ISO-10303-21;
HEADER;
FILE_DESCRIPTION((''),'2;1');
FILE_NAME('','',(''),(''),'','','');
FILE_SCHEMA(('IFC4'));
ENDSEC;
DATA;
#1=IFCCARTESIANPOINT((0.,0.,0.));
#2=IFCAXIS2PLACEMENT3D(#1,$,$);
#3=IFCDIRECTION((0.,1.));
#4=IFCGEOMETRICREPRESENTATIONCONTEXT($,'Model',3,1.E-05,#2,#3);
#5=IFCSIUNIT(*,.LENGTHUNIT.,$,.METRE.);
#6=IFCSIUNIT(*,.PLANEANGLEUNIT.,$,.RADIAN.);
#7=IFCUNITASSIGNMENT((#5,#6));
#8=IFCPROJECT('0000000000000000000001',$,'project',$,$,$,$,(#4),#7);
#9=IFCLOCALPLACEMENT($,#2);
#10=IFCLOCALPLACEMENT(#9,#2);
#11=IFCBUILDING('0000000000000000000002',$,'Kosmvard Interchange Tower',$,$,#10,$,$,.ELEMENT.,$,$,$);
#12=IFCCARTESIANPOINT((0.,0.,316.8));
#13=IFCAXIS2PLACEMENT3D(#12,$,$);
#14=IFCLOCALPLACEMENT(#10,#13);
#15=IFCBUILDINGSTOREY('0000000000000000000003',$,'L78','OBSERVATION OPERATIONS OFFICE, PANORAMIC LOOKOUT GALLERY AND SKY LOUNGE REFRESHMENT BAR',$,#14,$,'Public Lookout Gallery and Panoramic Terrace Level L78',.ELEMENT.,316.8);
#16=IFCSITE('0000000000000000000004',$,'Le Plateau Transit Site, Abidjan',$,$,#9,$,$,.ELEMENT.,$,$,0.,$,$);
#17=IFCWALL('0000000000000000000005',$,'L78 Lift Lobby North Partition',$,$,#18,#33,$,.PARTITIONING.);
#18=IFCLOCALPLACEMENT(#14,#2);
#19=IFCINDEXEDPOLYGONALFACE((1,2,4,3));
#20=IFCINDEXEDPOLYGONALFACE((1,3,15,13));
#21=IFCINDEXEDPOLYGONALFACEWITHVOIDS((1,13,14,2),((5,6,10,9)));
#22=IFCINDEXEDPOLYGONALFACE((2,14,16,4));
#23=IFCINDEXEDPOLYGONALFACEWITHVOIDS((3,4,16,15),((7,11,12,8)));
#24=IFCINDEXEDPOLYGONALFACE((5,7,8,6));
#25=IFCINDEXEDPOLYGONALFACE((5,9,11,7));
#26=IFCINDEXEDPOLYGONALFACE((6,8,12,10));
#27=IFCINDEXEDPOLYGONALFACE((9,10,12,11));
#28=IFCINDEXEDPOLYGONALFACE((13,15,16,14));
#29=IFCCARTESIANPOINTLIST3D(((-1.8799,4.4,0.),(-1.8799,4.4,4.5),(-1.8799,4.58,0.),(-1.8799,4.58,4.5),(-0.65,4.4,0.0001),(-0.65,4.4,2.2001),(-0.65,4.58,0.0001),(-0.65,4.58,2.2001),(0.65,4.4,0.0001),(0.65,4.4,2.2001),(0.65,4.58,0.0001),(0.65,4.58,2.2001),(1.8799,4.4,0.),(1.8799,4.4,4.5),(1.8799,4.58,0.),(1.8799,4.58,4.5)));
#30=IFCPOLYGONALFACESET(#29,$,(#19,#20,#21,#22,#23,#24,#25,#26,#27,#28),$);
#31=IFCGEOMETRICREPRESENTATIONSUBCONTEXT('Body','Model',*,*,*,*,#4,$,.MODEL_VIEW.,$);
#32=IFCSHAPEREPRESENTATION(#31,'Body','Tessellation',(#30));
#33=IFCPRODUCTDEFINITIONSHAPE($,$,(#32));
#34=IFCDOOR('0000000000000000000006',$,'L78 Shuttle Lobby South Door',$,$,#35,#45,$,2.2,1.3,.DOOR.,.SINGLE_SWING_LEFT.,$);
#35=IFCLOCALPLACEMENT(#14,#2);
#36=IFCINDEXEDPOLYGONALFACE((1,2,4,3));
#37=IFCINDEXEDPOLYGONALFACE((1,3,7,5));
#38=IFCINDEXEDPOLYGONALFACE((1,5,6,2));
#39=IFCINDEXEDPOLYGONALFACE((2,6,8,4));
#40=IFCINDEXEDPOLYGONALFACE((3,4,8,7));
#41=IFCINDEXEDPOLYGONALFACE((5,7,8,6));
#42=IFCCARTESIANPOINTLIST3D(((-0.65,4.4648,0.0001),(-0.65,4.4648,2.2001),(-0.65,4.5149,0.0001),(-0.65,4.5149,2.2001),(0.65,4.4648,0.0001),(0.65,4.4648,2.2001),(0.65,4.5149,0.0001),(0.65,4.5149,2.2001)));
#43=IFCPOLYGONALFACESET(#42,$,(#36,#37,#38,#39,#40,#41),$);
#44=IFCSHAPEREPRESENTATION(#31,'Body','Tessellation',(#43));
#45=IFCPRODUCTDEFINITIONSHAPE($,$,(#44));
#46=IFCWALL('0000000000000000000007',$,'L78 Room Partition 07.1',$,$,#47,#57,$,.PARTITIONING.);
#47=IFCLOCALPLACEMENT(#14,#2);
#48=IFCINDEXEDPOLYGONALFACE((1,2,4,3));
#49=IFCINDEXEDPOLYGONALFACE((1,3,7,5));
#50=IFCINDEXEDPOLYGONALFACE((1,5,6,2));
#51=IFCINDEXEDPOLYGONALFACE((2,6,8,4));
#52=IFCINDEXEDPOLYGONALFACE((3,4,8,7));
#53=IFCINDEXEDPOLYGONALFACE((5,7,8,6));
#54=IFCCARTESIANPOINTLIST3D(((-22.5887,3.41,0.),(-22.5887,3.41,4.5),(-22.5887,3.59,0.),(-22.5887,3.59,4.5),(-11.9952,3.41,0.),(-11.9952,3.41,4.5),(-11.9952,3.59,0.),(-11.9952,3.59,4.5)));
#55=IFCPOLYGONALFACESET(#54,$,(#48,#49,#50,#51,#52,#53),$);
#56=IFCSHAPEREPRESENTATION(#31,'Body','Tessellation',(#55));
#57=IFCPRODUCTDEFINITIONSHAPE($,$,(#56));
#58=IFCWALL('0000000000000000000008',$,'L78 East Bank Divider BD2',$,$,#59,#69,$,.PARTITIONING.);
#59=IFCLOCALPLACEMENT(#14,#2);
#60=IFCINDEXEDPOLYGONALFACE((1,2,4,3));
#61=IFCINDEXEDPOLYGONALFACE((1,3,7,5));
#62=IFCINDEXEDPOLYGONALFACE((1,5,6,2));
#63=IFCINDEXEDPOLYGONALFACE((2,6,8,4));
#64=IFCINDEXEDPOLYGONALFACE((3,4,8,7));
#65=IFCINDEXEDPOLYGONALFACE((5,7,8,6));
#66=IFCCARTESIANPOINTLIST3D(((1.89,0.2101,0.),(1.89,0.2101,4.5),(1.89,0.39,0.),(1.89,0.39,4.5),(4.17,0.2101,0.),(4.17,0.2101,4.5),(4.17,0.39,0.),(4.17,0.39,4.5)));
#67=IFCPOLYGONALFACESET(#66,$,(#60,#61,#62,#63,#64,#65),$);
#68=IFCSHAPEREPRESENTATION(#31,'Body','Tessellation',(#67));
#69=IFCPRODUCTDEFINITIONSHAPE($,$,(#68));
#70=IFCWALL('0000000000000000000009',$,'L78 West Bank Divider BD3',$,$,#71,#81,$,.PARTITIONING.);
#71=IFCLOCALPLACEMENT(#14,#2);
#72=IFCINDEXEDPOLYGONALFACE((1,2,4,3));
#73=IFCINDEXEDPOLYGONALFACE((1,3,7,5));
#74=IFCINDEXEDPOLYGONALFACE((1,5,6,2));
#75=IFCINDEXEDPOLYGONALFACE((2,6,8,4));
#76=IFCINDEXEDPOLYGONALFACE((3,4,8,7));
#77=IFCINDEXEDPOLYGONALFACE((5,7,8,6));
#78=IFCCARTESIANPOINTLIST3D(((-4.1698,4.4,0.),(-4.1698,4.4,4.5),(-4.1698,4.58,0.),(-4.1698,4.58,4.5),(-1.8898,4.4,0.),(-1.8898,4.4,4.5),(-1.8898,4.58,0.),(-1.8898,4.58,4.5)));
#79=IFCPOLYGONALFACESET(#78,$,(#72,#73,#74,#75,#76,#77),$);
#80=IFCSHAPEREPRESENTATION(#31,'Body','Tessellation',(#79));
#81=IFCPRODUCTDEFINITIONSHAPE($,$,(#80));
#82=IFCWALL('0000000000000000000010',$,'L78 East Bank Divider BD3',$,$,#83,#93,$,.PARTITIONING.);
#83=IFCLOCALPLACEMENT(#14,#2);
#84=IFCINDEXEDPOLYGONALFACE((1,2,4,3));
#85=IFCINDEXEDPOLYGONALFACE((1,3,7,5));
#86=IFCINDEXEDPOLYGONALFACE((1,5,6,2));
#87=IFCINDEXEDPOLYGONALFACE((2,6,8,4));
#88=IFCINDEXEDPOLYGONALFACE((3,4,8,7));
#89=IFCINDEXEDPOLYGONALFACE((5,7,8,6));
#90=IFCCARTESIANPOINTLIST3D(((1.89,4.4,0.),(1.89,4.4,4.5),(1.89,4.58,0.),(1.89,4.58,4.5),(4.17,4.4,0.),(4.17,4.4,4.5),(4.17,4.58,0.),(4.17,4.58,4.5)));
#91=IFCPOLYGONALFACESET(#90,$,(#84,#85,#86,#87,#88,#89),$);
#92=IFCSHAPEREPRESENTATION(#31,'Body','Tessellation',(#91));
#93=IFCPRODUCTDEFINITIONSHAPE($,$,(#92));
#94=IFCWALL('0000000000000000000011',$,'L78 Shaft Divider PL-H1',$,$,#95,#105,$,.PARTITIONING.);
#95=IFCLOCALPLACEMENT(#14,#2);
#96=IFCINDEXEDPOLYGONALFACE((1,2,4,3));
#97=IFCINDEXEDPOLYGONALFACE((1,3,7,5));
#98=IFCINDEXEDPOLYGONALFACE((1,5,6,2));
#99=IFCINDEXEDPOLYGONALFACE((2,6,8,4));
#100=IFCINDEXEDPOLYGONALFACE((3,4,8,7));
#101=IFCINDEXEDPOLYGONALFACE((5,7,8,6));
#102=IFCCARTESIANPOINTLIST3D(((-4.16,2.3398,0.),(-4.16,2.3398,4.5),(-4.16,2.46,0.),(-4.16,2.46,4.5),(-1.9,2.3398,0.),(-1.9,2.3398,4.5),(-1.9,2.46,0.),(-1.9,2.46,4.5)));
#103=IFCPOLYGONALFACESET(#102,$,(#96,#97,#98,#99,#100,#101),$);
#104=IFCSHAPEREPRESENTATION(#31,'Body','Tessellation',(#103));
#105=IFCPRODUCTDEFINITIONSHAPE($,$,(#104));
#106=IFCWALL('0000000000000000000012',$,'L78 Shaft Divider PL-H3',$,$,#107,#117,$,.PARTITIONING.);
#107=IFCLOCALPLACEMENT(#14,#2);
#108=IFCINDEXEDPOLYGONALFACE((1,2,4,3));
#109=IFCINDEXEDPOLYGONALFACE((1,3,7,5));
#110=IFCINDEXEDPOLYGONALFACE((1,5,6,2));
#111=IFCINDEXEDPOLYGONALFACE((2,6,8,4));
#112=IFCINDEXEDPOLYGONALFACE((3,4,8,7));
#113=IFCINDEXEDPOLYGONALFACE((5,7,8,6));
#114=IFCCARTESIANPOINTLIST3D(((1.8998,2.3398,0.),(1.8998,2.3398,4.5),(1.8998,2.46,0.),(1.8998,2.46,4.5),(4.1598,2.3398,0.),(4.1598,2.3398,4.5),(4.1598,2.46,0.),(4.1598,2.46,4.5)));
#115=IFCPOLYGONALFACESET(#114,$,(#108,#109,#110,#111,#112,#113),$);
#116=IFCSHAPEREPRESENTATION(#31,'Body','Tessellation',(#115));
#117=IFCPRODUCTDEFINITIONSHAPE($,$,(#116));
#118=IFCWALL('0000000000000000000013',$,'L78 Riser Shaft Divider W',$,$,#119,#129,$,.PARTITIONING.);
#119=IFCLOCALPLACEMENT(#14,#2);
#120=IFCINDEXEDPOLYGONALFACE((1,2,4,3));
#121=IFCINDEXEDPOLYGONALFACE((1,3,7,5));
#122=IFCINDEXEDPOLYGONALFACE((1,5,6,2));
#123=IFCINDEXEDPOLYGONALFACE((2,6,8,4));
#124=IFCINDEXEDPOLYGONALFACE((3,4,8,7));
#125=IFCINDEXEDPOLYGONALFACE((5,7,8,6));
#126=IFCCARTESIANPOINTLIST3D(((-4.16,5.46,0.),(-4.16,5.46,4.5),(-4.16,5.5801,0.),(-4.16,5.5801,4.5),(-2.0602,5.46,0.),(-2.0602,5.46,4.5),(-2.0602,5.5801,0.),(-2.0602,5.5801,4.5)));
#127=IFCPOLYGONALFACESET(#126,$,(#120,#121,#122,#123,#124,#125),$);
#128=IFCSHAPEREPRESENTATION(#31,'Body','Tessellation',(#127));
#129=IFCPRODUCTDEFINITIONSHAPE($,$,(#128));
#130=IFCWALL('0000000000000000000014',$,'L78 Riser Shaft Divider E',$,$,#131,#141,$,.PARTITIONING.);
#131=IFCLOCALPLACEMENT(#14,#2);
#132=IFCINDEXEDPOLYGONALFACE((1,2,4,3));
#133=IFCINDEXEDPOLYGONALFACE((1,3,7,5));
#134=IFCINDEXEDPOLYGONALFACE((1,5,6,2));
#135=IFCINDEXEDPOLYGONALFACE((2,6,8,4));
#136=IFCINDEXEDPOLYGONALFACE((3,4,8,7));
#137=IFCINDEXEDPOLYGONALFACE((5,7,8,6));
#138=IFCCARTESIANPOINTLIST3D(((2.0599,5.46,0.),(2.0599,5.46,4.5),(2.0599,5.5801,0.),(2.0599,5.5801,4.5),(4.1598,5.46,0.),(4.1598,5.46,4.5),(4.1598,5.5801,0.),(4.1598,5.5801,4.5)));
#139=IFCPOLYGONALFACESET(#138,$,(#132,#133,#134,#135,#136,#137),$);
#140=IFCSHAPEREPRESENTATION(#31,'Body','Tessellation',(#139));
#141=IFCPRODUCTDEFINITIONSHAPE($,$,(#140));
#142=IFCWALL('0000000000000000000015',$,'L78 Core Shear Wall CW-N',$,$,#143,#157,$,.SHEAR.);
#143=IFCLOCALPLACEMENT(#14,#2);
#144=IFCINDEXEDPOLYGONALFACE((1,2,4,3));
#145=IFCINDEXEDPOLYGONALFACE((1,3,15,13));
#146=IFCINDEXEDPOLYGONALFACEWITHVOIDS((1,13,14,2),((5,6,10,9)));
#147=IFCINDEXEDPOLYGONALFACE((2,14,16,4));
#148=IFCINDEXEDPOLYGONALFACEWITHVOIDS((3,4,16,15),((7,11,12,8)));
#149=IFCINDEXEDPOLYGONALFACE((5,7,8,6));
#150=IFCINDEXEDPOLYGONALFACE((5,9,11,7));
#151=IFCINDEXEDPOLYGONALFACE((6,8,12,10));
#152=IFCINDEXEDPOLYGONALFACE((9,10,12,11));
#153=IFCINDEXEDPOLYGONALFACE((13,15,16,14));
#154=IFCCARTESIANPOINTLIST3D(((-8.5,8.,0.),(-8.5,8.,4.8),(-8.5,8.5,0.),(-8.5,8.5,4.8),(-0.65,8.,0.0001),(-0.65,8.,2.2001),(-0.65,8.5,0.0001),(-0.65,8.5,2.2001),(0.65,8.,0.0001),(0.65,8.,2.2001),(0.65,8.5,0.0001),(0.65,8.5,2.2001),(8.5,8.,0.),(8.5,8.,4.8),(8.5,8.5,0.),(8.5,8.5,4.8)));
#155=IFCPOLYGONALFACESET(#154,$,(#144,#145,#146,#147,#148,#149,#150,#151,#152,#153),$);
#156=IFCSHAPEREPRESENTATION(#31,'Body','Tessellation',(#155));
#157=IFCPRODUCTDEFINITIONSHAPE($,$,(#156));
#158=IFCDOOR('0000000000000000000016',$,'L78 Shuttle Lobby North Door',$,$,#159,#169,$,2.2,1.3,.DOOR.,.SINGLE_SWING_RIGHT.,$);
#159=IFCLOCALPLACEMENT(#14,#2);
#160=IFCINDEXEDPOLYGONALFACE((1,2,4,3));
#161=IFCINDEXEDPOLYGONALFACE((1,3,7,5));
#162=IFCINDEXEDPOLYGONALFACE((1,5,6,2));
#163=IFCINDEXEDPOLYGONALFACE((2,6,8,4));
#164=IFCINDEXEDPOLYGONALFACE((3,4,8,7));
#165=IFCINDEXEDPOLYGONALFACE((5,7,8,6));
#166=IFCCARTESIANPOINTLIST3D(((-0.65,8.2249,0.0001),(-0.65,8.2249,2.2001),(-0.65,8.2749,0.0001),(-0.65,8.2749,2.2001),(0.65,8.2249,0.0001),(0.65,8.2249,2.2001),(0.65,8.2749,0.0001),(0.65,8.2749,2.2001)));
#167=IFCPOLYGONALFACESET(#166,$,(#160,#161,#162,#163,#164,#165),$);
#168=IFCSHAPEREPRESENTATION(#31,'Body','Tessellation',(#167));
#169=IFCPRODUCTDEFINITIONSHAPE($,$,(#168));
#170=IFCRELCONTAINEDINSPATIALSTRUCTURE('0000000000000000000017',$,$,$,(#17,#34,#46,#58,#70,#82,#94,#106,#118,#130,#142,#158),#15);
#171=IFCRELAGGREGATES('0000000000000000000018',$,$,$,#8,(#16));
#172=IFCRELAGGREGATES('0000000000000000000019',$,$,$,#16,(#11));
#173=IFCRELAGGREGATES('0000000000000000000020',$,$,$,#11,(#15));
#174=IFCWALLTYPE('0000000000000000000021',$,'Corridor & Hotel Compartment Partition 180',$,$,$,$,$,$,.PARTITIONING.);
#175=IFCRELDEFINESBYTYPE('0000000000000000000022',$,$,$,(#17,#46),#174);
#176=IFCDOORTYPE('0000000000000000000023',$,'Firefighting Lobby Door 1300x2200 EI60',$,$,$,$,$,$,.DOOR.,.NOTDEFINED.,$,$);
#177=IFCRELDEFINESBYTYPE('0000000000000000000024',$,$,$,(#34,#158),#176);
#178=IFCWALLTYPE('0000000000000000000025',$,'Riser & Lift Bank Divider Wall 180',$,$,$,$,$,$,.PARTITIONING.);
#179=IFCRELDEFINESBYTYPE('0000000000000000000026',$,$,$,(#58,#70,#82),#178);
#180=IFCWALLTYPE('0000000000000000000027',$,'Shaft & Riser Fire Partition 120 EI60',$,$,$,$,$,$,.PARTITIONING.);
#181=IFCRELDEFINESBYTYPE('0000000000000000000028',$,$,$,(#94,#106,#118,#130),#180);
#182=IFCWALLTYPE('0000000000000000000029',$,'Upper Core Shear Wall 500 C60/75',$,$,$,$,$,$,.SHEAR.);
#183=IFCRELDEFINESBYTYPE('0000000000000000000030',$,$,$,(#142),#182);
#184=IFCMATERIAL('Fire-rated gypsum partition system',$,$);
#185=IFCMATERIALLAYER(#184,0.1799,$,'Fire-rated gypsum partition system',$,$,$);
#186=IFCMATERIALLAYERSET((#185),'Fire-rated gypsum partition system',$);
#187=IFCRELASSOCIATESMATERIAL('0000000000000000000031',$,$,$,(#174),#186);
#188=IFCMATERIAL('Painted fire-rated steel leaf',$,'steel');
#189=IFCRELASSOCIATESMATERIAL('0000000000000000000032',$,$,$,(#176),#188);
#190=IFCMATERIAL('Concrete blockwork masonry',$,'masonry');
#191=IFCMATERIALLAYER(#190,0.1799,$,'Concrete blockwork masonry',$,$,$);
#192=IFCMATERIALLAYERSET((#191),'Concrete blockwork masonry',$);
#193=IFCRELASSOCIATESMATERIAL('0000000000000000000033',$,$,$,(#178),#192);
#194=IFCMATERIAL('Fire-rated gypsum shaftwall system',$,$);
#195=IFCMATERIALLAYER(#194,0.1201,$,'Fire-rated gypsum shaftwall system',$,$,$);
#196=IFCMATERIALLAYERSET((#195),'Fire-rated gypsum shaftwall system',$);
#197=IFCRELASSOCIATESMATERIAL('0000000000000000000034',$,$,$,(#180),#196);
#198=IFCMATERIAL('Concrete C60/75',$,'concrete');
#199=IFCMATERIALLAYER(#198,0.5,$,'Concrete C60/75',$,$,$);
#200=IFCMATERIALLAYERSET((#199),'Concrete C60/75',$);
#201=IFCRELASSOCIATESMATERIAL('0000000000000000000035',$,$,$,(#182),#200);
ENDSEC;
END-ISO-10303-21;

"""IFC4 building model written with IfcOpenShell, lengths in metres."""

from ifc_helpers import new_model, si_unit, direction, frame, frame_2d, origin, place, context, subcontext, project, spatial, rectangle, extrude, source, transform, mapped, material, layer, layer_set, type_object, element, fill, save


model = new_model("IFC4")

# Units and contexts
model_context = context("Model", 3, precision=1e-05, world=origin(), true_north=direction((0.0, 1.0)))
body_context = subcontext(model_context, "Body", "Model", "MODEL_VIEW")
ifc_project = project(units=[si_unit("LENGTHUNIT", "METRE"), si_unit("PLANEANGLEUNIT", "RADIAN")], contexts=[model_context])

# Site, building, storey
site_placement = place(None, origin())
site = spatial("IfcSite", under=ifc_project, at=site_placement, Name="Le Plateau Transit Site, Abidjan", CompositionType="ELEMENT", RefElevation=0.0)
building_placement = place(site_placement, origin())
building = spatial("IfcBuilding", under=site, at=building_placement, Name="Kosmvard Interchange Tower", CompositionType="ELEMENT")
storey_placement = place(building_placement, frame((0.0, 0.0, 316.8)))
storey = spatial("IfcBuildingStorey", under=building, at=storey_placement, Name="L78", Description="OBSERVATION OPERATIONS OFFICE, PANORAMIC LOOKOUT GALLERY AND SKY LOUNGE REFRESHMENT BAR", LongName="Public Lookout Gallery and Panoramic Terrace Level L78", CompositionType="ELEMENT", Elevation=316.8)

# Wall, opening, door
ifc_material_1 = material(Name="Fire-rated gypsum partition system")
ifc_layer_1 = layer(ifc_material_1, 0.1799, Name="Fire-rated gypsum partition system")
ifc_layer_set_1 = layer_set([ifc_layer_1], Name="Fire-rated gypsum partition system")
wall_type_1 = type_object("IfcWallType", Name="Corridor & Hotel Compartment Partition 180", PredefinedType="PARTITIONING", material=ifc_layer_set_1)
wall_1_placement = place(storey_placement, frame((-1.8799, 4.49, 0.0), z_axis=(0.0, 0.0, 1.0), x_axis=(1.0, 0.0, 0.0)))
wall_1 = element("IfcWall", 1, at=wall_1_placement, inside=storey, type_object=wall_type_1, Name="L78 Lift Lobby North Partition", PredefinedType="PARTITIONING", context=body_context, shape_type="SweptSolid", body=[
    extrude(rectangle(XDim=3.7598, YDim=0.1799, at=frame_2d((1.8799, 0.0))), origin(), (0.0, 0.0, 1.0), 4.5),
])
opening_1_placement = place(wall_1_placement, frame((1.23, 0.0, 0.0)))
opening_1 = element("IfcOpeningElement", 2, at=opening_1_placement, cuts=wall_1, PredefinedType="OPENING", context=body_context, shape_type="SweptSolid", body=[
    extrude(rectangle(XDim=1.3, YDim=2.2, at=frame_2d((0.6499, 1.1001))), frame((0.0, 0.1001, 0.0), z_axis=(0.0, -1.0, 0.0), x_axis=(1.0, 0.0, 0.0)), (0.0, 0.0, 1.0), 0.2),
])
ifc_material_2 = material(Name="Painted fire-rated steel leaf", Category="steel")
door_type_1 = type_object("IfcDoorType", Name="Firefighting Lobby Door 1300x2200 EI60", OperationType="NOTDEFINED", PredefinedType="DOOR", material=ifc_material_2)
shared_shape_1 = source(origin(), body_context, "Body", "SweptSolid", [
    extrude(rectangle(XDim=1.3, YDim=2.2, at=frame_2d((0.6499, 1.1001))), frame((0.0, 0.0249, 0.0), z_axis=(0.0, -1.0, 0.0), x_axis=(1.0, 0.0, 0.0)), (0.0, 0.0, 1.0), 0.05),
])
door_1_placement = place(opening_1_placement, origin())
door_1 = element("IfcDoor", 3, at=door_1_placement, inside=storey, type_object=door_type_1, Name="L78 Shuttle Lobby South Door", OperationType="SINGLE_SWING_LEFT", OverallHeight=2.2, OverallWidth=1.3, PredefinedType="DOOR", context=body_context, shape_type="MappedRepresentation", body=[
    mapped(shared_shape_1, transform((0.0, 0.0, 0.0), scale=1.0)),
])
fill(opening_1, door_1)

# Walls
wall_2_placement = place(storey_placement, frame((-11.9951, 3.5, 0.0), z_axis=(0.0, 0.0, 1.0), x_axis=(-1.0, 0.0, 0.0)))
element("IfcWall", 4, at=wall_2_placement, inside=storey, type_object=wall_type_1, Name="L78 Room Partition 07.1", PredefinedType="PARTITIONING", context=body_context, shape_type="SweptSolid", body=[
    extrude(rectangle(XDim=10.5935, YDim=0.1799, at=frame_2d((5.2969, 0.0))), origin(), (0.0, 0.0, 1.0), 4.5),
])
ifc_material_3 = material(Name="Concrete blockwork masonry", Category="masonry")
ifc_layer_2 = layer(ifc_material_3, 0.1799, Name="Concrete blockwork masonry")
ifc_layer_set_2 = layer_set([ifc_layer_2], Name="Concrete blockwork masonry")
wall_type_2 = type_object("IfcWallType", Name="Riser & Lift Bank Divider Wall 180", PredefinedType="PARTITIONING", material=ifc_layer_set_2)
for number, where, z_axis, x_axis, name in (
    (5, (1.8899, 0.3, 0.0), (0.0, 0.0, 1.0), (1.0, 0.0, 0.0), "L78 East Bank Divider BD2"),
    (6, (-4.1699, 4.49, 0.0), (0.0, 0.0, 1.0), (1.0, 0.0, 0.0), "L78 West Bank Divider BD3"),
    (7, (1.8899, 4.49, 0.0), (0.0, 0.0, 1.0), (1.0, 0.0, 0.0), "L78 East Bank Divider BD3"),
):
    element("IfcWall", number, at=place(storey_placement, frame(where, z_axis=z_axis, x_axis=x_axis)), inside=storey, type_object=wall_type_2, Name=name, PredefinedType="PARTITIONING", context=body_context, shape_type="SweptSolid", body=[
        extrude(rectangle(XDim=2.28, YDim=0.1799, at=frame_2d((1.1401, 0.0))), origin(), (0.0, 0.0, 1.0), 4.5),
    ])
ifc_material_4 = material(Name="Fire-rated gypsum shaftwall system")
ifc_layer_3 = layer(ifc_material_4, 0.1201, Name="Fire-rated gypsum shaftwall system")
ifc_layer_set_3 = layer_set([ifc_layer_3], Name="Fire-rated gypsum shaftwall system")
wall_type_3 = type_object("IfcWallType", Name="Shaft & Riser Fire Partition 120 EI60", PredefinedType="PARTITIONING", material=ifc_layer_set_3)
for number, where, z_axis, x_axis, name in (
    (8, (-4.1599, 2.3999, 0.0), (0.0, 0.0, 1.0), (1.0, 0.0, 0.0), "L78 Shaft Divider PL-H1"),
    (9, (1.8999, 2.3999, 0.0), (0.0, 0.0, 1.0), (1.0, 0.0, 0.0), "L78 Shaft Divider PL-H3"),
):
    element("IfcWall", number, at=place(storey_placement, frame(where, z_axis=z_axis, x_axis=x_axis)), inside=storey, type_object=wall_type_3, Name=name, PredefinedType="PARTITIONING", context=body_context, shape_type="SweptSolid", body=[
        extrude(rectangle(XDim=2.26, YDim=0.1201, at=frame_2d((1.1299, 0.0))), origin(), (0.0, 0.0, 1.0), 4.5),
    ])
for number, where, z_axis, x_axis, name in (
    (10, (-4.1599, 5.52, 0.0), (0.0, 0.0, 1.0), (1.0, 0.0, 0.0), "L78 Riser Shaft Divider W"),
    (11, (2.0601, 5.52, 0.0), (0.0, 0.0, 1.0), (1.0, 0.0, 0.0), "L78 Riser Shaft Divider E"),
):
    element("IfcWall", number, at=place(storey_placement, frame(where, z_axis=z_axis, x_axis=x_axis)), inside=storey, type_object=wall_type_3, Name=name, PredefinedType="PARTITIONING", context=body_context, shape_type="SweptSolid", body=[
        extrude(rectangle(XDim=2.0999, YDim=0.1201, at=frame_2d((1.0498, 0.0))), origin(), (0.0, 0.0, 1.0), 4.5),
    ])

# Wall, opening, door
ifc_material_5 = material(Name="Concrete C60/75", Category="concrete")
ifc_layer_4 = layer(ifc_material_5, 0.5, Name="Concrete C60/75")
ifc_layer_set_4 = layer_set([ifc_layer_4], Name="Concrete C60/75")
wall_type_4 = type_object("IfcWallType", Name="Upper Core Shear Wall 500 C60/75", PredefinedType="SHEAR", material=ifc_layer_set_4)
wall_3_placement = place(storey_placement, frame((-8.5, 8.25, 0.0), z_axis=(0.0, 0.0, 1.0), x_axis=(1.0, 0.0, 0.0)))
wall_3 = element("IfcWall", 12, at=wall_3_placement, inside=storey, type_object=wall_type_4, Name="L78 Core Shear Wall CW-N", PredefinedType="SHEAR", context=body_context, shape_type="SweptSolid", body=[
    extrude(rectangle(XDim=17.0, YDim=0.5, at=frame_2d((8.5, 0.0))), origin(), (0.0, 0.0, 1.0), 4.8),
])
opening_2_placement = place(wall_3_placement, frame((7.8501, 0.0, 0.0)))
opening_2 = element("IfcOpeningElement", 13, at=opening_2_placement, cuts=wall_3, PredefinedType="OPENING", context=body_context, shape_type="SweptSolid", body=[
    extrude(rectangle(XDim=1.3, YDim=2.2, at=frame_2d((0.6499, 1.1001))), frame((0.0, 0.26, 0.0), z_axis=(0.0, -1.0, 0.0), x_axis=(1.0, 0.0, 0.0)), (0.0, 0.0, 1.0), 0.52),
])
door_2_placement = place(opening_2_placement, origin())
door_2 = element("IfcDoor", 14, at=door_2_placement, inside=storey, type_object=door_type_1, Name="L78 Shuttle Lobby North Door", OperationType="SINGLE_SWING_RIGHT", OverallHeight=2.2, OverallWidth=1.3, PredefinedType="DOOR", context=body_context, shape_type="MappedRepresentation", body=[
    mapped(shared_shape_1, transform((0.0, 0.0, 0.0), scale=1.0)),
])
fill(opening_2, door_2)

save(model, "model.ifc")
